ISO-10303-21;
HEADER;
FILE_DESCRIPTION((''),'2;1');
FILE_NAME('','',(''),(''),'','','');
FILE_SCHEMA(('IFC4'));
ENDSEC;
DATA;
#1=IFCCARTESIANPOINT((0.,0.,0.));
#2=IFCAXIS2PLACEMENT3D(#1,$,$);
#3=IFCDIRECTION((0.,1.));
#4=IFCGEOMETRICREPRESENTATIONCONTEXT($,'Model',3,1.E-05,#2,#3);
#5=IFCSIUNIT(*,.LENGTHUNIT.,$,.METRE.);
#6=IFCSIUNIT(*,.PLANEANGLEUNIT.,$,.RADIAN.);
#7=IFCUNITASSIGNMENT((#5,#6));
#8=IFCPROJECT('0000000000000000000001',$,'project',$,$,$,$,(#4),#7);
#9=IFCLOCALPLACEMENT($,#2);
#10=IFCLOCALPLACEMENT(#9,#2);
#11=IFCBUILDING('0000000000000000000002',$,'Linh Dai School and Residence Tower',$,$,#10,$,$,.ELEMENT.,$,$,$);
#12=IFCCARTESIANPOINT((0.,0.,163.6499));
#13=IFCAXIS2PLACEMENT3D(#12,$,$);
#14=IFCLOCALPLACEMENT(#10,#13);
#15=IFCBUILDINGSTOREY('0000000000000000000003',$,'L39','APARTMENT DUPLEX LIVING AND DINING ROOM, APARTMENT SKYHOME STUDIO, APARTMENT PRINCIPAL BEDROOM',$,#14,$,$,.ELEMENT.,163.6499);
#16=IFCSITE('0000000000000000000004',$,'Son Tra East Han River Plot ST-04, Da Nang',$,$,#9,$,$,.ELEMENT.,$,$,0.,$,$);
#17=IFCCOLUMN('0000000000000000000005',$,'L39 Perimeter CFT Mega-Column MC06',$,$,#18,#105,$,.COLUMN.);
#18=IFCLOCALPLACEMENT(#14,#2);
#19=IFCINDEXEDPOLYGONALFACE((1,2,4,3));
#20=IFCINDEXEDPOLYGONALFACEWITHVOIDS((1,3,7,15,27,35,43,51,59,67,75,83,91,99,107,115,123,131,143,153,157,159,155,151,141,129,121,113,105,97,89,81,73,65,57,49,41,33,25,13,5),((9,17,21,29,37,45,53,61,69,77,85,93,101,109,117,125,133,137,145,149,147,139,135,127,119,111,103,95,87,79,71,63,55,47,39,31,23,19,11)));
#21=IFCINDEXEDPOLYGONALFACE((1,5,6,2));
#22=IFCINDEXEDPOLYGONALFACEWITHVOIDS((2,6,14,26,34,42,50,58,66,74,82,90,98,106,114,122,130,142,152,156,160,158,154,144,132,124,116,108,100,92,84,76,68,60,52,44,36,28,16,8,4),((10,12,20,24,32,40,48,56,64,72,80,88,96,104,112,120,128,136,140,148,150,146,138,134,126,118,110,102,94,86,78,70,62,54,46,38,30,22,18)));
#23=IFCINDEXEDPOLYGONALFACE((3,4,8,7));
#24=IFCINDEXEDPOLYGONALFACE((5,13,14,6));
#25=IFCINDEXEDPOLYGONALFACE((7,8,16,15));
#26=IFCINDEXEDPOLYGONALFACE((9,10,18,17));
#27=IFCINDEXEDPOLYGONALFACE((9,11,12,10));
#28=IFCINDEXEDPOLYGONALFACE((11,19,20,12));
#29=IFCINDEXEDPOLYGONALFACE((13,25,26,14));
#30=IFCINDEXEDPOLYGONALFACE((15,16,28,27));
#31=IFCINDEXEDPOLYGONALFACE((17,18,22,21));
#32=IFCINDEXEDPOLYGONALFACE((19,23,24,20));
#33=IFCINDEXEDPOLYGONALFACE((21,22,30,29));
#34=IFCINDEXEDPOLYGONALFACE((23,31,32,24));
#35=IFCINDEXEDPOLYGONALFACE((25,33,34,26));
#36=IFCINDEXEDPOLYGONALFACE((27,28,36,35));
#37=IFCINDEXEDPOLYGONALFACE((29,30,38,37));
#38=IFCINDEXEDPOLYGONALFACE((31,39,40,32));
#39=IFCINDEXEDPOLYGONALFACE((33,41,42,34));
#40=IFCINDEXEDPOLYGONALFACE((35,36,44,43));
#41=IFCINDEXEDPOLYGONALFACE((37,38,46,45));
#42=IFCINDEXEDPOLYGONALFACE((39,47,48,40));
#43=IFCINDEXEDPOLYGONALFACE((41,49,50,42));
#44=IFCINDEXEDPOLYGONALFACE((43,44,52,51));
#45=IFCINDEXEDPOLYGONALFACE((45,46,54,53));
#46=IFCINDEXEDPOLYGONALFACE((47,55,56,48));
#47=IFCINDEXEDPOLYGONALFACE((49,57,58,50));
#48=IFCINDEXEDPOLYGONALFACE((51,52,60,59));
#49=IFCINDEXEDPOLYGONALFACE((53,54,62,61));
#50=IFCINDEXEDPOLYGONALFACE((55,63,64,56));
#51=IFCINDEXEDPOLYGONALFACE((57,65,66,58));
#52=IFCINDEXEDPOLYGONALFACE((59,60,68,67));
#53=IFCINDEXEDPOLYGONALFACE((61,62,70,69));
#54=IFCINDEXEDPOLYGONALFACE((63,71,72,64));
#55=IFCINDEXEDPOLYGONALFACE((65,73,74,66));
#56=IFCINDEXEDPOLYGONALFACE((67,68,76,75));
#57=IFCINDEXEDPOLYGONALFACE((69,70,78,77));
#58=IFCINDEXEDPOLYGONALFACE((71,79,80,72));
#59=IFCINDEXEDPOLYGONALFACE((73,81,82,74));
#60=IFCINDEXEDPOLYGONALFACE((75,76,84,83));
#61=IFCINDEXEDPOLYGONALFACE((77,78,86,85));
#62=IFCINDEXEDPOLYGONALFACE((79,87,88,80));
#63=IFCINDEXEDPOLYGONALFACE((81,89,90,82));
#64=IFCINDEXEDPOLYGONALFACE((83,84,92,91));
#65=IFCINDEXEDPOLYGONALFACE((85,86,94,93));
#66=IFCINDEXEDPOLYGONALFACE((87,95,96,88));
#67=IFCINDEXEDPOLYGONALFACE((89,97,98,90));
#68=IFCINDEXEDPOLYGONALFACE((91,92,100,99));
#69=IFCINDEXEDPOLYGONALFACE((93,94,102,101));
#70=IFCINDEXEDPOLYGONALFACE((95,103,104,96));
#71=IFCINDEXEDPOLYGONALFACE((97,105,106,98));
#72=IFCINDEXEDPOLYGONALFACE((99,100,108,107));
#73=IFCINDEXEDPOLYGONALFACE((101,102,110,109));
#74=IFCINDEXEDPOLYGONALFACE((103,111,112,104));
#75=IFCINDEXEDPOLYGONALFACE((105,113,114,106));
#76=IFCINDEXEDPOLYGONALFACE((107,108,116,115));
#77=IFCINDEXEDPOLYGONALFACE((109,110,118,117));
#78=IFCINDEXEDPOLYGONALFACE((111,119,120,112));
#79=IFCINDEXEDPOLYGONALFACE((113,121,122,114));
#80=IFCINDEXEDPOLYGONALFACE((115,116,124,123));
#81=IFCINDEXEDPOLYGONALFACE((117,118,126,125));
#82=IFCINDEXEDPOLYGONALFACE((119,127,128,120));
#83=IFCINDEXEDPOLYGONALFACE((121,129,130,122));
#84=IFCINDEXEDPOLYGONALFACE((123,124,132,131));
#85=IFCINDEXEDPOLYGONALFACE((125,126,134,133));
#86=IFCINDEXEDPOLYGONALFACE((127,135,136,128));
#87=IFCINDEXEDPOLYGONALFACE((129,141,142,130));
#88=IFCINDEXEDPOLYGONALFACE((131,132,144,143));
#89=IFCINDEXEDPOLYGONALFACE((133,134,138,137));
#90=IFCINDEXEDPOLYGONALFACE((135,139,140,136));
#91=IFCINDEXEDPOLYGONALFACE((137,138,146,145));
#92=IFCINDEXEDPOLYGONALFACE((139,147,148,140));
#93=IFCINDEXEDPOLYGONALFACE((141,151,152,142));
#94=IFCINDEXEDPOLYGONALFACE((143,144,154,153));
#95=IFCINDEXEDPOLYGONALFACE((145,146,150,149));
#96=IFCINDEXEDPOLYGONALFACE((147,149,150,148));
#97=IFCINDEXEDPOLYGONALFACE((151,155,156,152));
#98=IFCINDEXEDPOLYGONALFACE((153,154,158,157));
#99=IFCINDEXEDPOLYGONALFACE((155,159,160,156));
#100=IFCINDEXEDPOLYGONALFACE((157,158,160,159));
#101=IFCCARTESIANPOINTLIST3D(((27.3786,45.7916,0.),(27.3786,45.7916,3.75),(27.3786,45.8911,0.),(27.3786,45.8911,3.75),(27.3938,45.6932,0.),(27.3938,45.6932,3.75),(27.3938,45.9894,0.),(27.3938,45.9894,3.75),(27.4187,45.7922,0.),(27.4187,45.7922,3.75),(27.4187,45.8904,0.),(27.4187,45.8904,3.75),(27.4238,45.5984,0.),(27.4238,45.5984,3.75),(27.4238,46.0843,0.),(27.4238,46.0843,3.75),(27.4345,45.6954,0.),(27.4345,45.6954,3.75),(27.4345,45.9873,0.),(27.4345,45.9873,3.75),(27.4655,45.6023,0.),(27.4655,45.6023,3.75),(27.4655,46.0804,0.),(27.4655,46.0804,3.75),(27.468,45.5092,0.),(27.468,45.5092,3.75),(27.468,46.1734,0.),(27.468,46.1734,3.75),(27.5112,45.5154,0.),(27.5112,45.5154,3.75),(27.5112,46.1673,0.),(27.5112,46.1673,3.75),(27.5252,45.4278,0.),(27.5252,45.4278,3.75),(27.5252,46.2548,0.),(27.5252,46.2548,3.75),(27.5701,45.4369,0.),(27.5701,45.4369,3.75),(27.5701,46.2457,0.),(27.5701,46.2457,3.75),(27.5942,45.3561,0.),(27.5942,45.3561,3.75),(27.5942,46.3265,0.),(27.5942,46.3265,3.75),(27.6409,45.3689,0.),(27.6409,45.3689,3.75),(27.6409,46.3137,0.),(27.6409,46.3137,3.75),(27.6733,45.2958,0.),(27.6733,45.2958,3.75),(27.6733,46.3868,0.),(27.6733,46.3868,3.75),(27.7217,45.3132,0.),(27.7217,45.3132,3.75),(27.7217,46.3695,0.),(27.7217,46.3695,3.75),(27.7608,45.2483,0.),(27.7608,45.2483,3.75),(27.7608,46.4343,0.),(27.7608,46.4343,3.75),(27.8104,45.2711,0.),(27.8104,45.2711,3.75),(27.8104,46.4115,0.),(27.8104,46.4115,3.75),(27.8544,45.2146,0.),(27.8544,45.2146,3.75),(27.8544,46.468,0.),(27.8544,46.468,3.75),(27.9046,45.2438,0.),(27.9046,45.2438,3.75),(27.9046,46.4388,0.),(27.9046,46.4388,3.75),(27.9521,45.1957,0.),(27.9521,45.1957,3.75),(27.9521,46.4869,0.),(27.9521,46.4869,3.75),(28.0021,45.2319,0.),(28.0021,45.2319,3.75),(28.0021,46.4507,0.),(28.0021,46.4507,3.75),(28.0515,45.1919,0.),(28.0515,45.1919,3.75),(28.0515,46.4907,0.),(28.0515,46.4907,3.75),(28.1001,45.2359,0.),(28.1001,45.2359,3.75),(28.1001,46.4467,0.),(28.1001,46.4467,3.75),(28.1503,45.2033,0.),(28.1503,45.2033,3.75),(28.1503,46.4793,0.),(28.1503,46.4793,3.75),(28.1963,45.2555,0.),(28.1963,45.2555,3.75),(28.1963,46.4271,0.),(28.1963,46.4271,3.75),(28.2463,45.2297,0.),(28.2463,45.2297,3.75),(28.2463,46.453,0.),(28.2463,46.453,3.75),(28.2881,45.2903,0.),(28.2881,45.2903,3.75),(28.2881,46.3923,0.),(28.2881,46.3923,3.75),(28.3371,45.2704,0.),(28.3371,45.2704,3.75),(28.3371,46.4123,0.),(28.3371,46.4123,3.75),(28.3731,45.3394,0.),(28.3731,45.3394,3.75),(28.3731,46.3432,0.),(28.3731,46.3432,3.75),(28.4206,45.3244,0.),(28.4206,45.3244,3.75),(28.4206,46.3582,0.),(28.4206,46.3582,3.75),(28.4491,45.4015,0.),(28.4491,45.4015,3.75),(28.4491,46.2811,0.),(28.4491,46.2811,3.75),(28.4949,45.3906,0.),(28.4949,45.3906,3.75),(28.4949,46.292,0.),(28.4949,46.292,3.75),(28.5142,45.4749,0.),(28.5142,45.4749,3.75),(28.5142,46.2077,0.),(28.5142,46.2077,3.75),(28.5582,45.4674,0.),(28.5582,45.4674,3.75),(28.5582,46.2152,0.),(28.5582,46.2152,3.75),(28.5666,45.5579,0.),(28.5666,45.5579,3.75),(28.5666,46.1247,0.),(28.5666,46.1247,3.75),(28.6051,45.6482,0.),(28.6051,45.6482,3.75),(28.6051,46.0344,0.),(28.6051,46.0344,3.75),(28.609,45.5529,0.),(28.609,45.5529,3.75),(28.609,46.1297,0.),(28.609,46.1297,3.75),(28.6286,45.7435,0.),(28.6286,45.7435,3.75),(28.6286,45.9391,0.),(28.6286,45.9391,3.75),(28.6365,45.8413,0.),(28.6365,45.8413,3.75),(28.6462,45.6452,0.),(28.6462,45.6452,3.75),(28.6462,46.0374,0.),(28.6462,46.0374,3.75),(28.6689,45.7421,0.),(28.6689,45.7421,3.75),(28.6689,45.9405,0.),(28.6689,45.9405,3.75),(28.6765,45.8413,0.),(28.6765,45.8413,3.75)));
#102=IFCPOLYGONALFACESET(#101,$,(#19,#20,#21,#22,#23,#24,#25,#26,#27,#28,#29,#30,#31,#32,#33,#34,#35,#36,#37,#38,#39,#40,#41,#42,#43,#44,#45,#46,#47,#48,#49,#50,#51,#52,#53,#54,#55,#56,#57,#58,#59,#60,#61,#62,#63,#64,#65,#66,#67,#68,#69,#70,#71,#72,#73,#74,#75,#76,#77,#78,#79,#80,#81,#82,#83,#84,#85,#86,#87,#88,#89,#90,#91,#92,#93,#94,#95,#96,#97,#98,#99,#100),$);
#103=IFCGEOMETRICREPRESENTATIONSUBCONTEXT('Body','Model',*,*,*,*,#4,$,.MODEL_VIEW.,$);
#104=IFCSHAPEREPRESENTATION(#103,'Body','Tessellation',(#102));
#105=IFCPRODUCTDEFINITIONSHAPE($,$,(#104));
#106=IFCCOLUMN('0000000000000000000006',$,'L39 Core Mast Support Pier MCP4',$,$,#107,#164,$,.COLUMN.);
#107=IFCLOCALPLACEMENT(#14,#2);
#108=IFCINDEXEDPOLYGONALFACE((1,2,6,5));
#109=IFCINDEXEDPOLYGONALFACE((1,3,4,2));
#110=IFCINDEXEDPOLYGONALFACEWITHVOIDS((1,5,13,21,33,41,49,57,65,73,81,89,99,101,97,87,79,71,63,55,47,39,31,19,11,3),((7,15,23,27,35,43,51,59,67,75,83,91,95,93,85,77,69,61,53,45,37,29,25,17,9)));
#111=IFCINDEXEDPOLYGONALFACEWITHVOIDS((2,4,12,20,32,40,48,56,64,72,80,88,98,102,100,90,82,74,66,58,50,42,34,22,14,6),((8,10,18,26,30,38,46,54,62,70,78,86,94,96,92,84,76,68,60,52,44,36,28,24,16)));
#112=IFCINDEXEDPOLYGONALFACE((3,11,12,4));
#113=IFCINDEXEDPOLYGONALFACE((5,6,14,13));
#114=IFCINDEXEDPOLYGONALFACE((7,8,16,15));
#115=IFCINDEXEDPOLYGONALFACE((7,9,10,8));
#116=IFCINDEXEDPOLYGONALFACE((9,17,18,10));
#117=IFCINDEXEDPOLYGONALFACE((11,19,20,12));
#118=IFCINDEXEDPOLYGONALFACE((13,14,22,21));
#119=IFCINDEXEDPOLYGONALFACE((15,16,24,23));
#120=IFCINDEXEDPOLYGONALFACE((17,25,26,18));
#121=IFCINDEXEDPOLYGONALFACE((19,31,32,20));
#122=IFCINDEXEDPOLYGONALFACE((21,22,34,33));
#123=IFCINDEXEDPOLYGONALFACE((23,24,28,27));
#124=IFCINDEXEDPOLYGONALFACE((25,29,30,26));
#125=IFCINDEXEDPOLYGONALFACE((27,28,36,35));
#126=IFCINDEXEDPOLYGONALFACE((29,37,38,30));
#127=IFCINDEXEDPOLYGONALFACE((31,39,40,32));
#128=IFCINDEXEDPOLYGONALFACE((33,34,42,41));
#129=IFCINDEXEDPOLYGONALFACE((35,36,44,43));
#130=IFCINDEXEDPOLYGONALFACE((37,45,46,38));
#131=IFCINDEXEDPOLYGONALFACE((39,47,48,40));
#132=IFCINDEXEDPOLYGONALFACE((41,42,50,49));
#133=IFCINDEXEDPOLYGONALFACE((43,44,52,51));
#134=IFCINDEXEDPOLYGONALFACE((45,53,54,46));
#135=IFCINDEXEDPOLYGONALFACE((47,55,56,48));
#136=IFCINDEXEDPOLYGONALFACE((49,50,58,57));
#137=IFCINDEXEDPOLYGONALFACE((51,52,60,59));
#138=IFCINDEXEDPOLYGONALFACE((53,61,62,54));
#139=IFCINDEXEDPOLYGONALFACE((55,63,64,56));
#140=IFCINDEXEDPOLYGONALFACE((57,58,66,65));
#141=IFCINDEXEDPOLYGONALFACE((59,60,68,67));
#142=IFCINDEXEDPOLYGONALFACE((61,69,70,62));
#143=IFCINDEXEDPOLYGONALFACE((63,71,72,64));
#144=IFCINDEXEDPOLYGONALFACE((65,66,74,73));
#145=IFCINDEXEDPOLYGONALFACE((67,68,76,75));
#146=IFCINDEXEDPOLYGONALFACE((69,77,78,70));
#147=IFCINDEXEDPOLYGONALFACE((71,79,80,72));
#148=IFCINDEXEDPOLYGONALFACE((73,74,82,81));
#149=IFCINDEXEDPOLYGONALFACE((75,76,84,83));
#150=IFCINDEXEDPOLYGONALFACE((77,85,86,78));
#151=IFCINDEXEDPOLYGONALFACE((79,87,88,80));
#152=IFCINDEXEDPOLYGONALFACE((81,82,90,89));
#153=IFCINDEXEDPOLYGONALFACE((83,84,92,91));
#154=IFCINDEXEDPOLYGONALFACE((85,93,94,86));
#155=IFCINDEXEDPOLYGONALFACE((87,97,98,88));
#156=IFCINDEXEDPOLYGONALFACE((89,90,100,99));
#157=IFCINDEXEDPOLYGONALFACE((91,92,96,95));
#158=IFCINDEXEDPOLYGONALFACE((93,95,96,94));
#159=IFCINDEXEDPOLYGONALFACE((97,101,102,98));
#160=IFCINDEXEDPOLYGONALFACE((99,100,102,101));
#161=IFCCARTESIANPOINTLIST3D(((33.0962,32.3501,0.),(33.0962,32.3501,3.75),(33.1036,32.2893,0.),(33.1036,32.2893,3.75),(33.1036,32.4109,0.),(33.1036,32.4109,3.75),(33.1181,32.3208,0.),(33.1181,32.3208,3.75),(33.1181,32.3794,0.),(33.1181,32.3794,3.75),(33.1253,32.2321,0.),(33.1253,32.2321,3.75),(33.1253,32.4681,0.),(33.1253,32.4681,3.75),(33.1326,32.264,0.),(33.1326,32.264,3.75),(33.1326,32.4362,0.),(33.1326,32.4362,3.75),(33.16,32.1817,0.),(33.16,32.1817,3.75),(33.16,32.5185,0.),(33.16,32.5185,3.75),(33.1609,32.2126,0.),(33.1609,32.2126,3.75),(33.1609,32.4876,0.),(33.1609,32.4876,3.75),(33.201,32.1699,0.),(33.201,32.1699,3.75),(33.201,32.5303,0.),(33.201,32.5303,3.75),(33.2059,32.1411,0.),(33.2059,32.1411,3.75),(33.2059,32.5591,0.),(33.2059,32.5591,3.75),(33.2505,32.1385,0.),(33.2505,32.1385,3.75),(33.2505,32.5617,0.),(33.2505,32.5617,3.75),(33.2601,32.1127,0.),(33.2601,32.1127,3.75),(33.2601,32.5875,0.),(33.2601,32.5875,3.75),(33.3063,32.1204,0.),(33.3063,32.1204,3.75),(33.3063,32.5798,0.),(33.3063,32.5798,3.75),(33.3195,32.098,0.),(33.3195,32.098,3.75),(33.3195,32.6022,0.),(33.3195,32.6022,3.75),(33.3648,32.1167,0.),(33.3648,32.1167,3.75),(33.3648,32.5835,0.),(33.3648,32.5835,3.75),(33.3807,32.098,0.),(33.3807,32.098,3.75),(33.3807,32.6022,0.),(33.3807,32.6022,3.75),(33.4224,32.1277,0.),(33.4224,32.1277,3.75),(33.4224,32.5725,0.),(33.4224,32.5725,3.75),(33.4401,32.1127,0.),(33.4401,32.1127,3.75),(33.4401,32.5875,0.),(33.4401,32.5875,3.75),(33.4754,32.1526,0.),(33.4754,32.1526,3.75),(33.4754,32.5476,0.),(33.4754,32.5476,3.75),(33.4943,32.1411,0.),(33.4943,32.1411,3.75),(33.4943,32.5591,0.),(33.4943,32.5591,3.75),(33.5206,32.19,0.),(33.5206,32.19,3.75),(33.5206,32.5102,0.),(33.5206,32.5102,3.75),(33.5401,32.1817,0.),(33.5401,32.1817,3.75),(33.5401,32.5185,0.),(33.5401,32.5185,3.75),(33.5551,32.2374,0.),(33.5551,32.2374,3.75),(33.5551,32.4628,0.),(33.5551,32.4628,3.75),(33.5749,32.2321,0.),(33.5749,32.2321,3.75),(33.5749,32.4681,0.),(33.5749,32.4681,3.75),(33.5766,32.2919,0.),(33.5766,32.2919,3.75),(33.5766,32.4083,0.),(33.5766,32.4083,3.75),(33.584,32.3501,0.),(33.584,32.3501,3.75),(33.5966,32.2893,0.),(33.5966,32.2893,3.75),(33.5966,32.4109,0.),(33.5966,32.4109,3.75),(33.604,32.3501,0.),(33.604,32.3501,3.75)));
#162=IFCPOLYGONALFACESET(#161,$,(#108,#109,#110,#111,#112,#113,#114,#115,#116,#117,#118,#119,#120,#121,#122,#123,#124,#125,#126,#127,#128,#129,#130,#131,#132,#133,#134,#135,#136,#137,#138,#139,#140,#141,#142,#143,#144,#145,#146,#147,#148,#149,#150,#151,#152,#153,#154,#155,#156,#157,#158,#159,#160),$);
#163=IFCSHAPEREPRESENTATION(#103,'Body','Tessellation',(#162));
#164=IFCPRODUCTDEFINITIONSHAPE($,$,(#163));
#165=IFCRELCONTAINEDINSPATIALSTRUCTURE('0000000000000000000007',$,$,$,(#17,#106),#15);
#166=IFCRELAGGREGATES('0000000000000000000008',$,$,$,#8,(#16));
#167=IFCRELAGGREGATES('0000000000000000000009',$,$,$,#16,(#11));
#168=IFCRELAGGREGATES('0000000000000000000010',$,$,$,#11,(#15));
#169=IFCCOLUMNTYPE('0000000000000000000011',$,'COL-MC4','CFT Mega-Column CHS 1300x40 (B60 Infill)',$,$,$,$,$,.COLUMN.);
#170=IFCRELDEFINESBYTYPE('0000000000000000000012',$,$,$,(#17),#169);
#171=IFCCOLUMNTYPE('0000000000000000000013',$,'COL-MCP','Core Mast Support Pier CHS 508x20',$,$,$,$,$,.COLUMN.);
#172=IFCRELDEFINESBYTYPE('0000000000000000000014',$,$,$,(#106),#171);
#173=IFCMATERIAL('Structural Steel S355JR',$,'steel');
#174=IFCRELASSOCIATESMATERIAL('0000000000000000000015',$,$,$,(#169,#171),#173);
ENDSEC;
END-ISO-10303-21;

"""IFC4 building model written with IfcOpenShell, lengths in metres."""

from ifc_helpers import new_model, si_unit, direction, frame, origin, origin_2d, place, context, subcontext, project, spatial, hollow_circle, extrude, material, material_profile, profile_set, type_object, element, save


model = new_model("IFC4")

# Units and contexts
model_context = context("Model", 3, precision=1e-05, world=origin(), true_north=direction((0.0, 1.0)))
body_context = subcontext(model_context, "Body", "Model", "MODEL_VIEW")
ifc_project = project(units=[si_unit("LENGTHUNIT", "METRE"), si_unit("PLANEANGLEUNIT", "RADIAN")], contexts=[model_context])

# Site, building, storey
site_placement = place(None, origin())
site = spatial("IfcSite", under=ifc_project, at=site_placement, Name="Son Tra East Han River Plot ST-04, Da Nang", CompositionType="ELEMENT", RefElevation=0.0)
building_placement = place(site_placement, origin())
building = spatial("IfcBuilding", under=site, at=building_placement, Name="Linh Dai School and Residence Tower", CompositionType="ELEMENT")
storey_placement = place(building_placement, frame((0.0, 0.0, 163.6499)))
storey = spatial("IfcBuildingStorey", under=building, at=storey_placement, Name="L39", Description="APARTMENT DUPLEX LIVING AND DINING ROOM, APARTMENT SKYHOME STUDIO, APARTMENT PRINCIPAL BEDROOM", CompositionType="ELEMENT", Elevation=163.6499)

# Columns
ifc_material_1 = material(Name="Structural Steel S355JR", Category="steel")
ifc_material_profile_1 = material_profile(ifc_material_1, hollow_circle(Radius=0.6499, WallThickness=0.04, at=origin_2d()), Name="CHS 1300x40")
ifc_profile_set_1 = profile_set([ifc_material_profile_1], Name="Structural Steel S355JR")
column_type_1 = type_object("IfcColumnType", Name="COL-MC4", Description="CFT Mega-Column CHS 1300x40 (B60 Infill)", PredefinedType="COLUMN", material=ifc_profile_set_1)
column_1_placement = place(storey_placement, frame((28.0266, 45.8413, 0.0), z_axis=(0.0, 0.0, 1.0), x_axis=(1.0, 0.0, 0.0)))
element("IfcColumn", 1, at=column_1_placement, inside=storey, type_object=column_type_1, Name="L39 Perimeter CFT Mega-Column MC06", PredefinedType="COLUMN", context=body_context, shape_type="SweptSolid", body=[
    extrude(hollow_circle(Radius=0.6499, WallThickness=0.04, at=origin_2d()), origin(), (0.0, 0.0, 1.0), 3.75),
])
ifc_material_profile_2 = material_profile(ifc_material_1, hollow_circle(Radius=0.2539, WallThickness=0.02, at=origin_2d()), Name="CHS 508x20")
ifc_profile_set_2 = profile_set([ifc_material_profile_2], Name="Structural Steel S355JR")
column_type_2 = type_object("IfcColumnType", Name="COL-MCP", Description="Core Mast Support Pier CHS 508x20", PredefinedType="COLUMN", material=ifc_profile_set_2)
column_2_placement = place(storey_placement, frame((33.3501, 32.3501, 0.0), z_axis=(0.0, 0.0, 1.0), x_axis=(1.0, 0.0, 0.0)))
element("IfcColumn", 2, at=column_2_placement, inside=storey, type_object=column_type_2, Name="L39 Core Mast Support Pier MCP4", PredefinedType="COLUMN", context=body_context, shape_type="SweptSolid", body=[
    extrude(hollow_circle(Radius=0.2539, WallThickness=0.02, at=origin_2d()), origin(), (0.0, 0.0, 1.0), 3.75),
])

save(model, "model.ifc")
